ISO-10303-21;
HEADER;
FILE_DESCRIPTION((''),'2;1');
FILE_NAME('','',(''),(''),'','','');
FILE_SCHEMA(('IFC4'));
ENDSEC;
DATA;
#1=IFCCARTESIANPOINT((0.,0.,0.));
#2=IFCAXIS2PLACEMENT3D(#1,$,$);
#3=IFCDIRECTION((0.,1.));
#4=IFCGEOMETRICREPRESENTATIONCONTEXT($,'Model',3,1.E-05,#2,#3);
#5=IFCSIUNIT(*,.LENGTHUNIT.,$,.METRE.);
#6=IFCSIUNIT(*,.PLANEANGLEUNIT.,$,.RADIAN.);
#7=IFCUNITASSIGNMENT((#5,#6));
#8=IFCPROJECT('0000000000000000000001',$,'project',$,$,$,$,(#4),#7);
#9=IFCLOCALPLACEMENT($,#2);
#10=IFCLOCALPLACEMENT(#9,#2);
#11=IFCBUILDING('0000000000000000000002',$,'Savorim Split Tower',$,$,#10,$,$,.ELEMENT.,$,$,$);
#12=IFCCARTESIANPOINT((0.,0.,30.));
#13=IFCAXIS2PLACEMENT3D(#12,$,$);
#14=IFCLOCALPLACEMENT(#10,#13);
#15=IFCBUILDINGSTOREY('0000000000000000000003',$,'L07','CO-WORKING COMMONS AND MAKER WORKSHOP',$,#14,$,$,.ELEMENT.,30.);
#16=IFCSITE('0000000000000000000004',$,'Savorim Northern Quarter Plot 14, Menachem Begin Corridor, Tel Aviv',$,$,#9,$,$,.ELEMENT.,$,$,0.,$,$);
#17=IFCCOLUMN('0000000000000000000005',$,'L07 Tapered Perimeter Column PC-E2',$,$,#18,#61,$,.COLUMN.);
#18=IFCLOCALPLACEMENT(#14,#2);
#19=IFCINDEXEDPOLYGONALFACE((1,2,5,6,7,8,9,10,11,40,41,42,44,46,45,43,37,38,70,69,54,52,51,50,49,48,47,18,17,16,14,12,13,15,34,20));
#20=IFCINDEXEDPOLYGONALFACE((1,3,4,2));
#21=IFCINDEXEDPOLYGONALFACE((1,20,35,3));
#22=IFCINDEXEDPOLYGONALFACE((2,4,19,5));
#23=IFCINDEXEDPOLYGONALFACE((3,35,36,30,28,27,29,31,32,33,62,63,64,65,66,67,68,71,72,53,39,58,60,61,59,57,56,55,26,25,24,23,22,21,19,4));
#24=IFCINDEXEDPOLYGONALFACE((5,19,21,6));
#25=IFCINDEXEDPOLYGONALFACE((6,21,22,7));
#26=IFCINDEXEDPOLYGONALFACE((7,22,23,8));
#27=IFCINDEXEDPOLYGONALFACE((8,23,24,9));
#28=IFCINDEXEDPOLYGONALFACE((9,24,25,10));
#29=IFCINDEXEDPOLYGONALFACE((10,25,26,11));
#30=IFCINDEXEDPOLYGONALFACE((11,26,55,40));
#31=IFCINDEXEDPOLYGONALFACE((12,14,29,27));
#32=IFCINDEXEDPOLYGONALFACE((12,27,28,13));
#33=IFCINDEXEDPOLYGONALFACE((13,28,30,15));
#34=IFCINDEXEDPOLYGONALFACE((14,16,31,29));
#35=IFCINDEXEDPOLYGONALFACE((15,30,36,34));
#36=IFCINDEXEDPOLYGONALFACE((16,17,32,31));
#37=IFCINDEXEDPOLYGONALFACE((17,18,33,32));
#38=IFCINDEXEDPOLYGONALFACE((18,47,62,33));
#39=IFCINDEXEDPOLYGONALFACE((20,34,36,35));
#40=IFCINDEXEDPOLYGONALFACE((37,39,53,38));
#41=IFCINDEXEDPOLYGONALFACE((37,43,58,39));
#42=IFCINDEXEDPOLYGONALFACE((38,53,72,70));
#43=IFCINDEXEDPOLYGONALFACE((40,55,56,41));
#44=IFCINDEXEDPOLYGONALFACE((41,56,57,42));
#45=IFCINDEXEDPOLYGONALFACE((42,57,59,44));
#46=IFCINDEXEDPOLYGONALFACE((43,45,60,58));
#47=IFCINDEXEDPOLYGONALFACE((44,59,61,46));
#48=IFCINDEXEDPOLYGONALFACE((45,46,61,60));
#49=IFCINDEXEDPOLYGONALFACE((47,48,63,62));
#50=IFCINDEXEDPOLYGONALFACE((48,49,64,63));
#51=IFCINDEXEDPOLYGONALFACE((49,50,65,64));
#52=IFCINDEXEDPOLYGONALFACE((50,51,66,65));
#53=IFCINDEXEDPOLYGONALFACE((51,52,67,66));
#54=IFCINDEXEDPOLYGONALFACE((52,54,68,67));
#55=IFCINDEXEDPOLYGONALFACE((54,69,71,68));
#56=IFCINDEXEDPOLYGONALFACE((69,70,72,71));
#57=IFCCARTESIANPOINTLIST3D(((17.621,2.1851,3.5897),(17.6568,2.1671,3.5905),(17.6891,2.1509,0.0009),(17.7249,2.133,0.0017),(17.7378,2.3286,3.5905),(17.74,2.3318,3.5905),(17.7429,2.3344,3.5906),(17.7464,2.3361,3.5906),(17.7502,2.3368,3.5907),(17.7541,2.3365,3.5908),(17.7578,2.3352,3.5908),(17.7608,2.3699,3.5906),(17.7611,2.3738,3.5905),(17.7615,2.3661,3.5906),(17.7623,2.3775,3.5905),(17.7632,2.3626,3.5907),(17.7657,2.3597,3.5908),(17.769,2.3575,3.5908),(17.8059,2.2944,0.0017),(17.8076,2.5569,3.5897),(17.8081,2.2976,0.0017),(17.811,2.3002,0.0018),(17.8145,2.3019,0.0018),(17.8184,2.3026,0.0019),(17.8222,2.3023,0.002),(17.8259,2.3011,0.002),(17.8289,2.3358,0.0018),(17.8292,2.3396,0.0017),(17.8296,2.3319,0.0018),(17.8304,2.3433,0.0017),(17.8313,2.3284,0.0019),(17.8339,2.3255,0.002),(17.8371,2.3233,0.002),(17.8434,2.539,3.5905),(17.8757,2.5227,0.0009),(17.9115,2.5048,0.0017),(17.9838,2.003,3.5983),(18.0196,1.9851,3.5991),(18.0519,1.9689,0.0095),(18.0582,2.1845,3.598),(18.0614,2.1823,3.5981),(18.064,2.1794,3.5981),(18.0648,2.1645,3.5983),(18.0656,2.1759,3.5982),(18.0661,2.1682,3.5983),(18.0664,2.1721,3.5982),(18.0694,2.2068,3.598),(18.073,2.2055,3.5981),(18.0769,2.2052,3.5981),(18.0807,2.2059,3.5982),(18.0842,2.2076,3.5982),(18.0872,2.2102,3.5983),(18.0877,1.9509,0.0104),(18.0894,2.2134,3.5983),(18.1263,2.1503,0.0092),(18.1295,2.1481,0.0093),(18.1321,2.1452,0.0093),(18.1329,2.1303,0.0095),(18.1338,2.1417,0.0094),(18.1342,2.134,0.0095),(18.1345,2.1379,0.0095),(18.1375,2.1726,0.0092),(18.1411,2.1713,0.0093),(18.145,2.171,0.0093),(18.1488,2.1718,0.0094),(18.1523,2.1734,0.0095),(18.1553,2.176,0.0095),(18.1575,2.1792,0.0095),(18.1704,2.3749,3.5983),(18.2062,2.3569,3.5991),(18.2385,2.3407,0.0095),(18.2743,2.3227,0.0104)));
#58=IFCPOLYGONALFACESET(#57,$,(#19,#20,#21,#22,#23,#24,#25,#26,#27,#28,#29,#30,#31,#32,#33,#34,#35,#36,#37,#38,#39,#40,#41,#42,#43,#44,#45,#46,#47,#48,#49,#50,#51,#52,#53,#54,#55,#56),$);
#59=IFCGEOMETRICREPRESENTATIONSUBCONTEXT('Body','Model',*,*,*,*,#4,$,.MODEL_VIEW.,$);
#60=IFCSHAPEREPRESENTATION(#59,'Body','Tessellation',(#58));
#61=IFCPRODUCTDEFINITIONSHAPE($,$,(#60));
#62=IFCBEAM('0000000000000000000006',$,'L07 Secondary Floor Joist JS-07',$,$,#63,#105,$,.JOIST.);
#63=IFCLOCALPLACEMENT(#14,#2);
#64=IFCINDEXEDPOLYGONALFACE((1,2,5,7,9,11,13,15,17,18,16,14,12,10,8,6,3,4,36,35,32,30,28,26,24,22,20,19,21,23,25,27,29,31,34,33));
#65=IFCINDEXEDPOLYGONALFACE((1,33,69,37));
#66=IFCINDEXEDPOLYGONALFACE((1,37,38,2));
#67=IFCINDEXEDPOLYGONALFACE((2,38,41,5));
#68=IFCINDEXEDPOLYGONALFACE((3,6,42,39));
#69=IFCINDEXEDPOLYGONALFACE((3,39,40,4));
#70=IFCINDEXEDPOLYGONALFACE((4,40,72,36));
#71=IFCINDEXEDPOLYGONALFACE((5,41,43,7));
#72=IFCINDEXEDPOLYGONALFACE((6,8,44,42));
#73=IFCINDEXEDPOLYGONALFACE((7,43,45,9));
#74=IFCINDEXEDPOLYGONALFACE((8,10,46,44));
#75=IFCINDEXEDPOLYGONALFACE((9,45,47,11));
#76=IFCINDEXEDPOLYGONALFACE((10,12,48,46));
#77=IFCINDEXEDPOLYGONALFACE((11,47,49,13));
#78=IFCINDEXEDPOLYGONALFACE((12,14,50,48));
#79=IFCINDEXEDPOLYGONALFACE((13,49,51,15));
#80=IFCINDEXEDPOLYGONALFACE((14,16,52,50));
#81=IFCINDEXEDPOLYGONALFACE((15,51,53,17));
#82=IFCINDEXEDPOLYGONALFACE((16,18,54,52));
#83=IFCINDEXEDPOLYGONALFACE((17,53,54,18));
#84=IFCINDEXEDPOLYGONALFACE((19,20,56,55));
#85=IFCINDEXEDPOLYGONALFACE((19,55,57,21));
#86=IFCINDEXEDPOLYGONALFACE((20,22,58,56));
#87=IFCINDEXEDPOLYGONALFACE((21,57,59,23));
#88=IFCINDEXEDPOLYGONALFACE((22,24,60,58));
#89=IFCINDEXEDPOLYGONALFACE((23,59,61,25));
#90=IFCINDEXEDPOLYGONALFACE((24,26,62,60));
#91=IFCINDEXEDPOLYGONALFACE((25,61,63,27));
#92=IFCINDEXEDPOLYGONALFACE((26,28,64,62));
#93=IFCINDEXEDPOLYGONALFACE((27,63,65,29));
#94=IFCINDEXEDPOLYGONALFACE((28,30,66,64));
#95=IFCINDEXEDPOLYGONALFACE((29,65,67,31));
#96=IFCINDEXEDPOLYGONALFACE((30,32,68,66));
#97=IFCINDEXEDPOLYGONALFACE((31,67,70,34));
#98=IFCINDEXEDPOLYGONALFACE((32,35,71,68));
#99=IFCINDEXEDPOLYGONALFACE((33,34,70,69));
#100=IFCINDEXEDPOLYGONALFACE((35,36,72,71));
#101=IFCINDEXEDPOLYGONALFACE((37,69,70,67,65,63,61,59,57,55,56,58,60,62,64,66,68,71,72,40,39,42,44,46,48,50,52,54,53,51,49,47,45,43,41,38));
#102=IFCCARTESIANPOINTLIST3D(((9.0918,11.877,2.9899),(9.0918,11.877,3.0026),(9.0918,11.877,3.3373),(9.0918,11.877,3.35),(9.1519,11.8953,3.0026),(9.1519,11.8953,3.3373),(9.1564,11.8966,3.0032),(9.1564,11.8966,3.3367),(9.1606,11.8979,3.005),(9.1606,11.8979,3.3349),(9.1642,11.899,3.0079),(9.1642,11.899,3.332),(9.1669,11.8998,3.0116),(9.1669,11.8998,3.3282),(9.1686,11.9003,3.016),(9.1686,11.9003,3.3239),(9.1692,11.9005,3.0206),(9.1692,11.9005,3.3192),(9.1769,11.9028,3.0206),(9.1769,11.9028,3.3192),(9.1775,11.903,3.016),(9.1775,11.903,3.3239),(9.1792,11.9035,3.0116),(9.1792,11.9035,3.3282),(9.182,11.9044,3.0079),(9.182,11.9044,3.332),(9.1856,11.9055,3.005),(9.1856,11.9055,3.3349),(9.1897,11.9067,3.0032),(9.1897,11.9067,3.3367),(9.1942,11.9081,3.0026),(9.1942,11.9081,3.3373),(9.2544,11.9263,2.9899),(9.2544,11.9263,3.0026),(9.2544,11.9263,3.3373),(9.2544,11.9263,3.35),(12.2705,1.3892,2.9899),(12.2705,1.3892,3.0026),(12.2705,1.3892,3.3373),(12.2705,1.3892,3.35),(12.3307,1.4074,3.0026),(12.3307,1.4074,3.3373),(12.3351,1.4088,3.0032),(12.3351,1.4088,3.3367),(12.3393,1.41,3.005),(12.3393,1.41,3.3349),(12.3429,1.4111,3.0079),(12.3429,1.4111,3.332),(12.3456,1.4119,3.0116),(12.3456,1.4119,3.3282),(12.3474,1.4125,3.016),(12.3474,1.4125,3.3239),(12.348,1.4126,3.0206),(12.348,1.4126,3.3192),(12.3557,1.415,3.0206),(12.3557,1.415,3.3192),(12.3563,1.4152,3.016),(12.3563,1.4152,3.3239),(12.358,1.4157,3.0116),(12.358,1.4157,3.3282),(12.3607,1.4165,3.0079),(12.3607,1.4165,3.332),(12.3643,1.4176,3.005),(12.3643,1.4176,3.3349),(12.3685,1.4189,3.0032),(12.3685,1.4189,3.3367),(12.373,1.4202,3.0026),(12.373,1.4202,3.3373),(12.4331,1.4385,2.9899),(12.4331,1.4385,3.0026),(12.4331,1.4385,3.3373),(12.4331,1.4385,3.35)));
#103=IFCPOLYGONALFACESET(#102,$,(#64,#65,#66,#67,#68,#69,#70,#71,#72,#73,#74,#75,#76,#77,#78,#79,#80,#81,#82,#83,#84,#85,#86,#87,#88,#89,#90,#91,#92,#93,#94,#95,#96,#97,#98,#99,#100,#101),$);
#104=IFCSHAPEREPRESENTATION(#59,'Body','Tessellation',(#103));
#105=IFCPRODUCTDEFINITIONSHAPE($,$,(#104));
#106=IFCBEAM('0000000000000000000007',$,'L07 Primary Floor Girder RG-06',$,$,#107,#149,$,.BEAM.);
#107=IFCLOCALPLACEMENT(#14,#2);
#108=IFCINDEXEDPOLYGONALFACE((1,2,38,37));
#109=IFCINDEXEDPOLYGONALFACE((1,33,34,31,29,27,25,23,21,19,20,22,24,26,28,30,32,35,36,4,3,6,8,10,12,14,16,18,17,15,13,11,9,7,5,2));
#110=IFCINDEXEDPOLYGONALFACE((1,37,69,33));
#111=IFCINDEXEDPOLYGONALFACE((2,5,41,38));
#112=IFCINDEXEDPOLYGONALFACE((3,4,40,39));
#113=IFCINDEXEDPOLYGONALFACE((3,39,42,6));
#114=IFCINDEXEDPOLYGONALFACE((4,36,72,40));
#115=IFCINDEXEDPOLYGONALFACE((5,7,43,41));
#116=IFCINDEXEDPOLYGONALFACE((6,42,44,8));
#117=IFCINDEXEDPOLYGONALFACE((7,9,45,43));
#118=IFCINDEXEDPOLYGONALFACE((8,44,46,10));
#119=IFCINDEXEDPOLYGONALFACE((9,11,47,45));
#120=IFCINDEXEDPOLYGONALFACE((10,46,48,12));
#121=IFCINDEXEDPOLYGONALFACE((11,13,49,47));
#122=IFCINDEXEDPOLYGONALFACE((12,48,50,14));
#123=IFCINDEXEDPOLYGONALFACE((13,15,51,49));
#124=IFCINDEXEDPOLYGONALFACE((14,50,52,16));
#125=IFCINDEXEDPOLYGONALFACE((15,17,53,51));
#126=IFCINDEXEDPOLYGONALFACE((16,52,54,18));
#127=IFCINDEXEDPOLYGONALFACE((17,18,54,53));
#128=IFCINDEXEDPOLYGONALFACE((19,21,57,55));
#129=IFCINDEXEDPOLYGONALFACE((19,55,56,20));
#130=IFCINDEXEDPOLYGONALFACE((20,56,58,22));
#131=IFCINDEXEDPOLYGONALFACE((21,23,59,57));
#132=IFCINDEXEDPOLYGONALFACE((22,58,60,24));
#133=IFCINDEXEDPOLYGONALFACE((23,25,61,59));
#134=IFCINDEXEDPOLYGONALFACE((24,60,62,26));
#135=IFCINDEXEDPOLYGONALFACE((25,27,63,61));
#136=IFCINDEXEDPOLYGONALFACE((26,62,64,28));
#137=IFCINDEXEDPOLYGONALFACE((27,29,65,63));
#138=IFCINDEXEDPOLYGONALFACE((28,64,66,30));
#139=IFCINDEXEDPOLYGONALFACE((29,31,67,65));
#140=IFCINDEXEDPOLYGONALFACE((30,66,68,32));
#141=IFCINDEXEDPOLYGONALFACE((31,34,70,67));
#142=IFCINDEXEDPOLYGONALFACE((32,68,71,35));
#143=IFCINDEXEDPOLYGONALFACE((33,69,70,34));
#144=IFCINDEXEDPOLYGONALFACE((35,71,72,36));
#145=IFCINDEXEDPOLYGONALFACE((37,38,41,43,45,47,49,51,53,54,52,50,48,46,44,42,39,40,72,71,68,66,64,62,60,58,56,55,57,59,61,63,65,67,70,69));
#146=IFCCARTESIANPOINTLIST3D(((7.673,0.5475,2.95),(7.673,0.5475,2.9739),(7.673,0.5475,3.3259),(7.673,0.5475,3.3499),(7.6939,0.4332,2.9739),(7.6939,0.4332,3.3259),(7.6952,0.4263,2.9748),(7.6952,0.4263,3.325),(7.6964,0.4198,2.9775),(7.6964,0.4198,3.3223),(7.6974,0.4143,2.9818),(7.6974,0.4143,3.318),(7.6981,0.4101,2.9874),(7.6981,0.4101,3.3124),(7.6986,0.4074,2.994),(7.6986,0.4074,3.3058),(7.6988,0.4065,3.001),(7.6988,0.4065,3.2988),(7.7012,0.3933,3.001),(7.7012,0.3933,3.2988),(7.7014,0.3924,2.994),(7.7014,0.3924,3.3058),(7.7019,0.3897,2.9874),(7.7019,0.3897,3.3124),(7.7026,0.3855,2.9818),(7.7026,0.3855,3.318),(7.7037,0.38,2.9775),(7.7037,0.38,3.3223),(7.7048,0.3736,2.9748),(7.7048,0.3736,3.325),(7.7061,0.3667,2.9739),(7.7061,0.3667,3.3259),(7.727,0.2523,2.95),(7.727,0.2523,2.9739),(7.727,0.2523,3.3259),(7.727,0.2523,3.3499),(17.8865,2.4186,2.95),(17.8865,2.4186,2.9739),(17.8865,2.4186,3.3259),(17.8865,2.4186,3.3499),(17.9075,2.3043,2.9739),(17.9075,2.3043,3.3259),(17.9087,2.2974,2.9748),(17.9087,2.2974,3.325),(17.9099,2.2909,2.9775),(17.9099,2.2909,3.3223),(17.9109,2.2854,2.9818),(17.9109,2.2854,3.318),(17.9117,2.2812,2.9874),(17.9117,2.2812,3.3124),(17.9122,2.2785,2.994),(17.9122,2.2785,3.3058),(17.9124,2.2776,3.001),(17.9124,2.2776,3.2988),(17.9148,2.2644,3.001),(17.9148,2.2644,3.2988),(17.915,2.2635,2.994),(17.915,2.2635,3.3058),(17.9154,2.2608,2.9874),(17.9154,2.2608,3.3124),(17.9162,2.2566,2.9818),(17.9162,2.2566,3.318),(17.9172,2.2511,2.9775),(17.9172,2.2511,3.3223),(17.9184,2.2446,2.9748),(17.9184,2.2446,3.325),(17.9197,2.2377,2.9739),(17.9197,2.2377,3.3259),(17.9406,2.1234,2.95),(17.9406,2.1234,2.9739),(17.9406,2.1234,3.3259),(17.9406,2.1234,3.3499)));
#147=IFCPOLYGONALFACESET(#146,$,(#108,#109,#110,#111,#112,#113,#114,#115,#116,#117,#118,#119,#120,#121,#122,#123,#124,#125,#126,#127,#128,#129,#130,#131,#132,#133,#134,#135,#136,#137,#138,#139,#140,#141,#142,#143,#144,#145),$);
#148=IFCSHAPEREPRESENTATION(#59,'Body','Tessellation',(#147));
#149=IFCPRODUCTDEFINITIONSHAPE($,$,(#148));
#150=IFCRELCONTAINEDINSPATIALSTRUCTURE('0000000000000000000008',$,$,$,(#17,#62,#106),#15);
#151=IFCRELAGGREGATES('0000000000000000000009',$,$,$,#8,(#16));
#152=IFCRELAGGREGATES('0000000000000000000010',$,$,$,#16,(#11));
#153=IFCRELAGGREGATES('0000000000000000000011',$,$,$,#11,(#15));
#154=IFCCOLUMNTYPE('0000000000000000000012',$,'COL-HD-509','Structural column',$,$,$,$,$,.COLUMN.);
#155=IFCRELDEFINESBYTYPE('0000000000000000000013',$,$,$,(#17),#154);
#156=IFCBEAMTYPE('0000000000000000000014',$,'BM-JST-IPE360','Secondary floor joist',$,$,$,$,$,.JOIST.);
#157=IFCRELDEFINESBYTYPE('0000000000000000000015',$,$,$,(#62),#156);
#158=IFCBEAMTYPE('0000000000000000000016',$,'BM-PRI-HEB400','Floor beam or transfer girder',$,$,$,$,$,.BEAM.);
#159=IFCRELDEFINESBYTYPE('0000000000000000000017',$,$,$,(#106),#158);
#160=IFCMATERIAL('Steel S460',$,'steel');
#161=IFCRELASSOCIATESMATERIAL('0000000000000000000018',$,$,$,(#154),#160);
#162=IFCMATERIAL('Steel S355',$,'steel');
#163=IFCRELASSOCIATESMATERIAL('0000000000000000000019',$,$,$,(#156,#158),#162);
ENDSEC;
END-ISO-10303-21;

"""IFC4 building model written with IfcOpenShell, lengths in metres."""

from ifc_helpers import new_model, si_unit, direction, frame, origin, origin_2d, place, context, subcontext, project, spatial, i_section, extrude, material, material_profile, profile_set, type_object, element, save


model = new_model("IFC4")

# Units and contexts
model_context = context("Model", 3, precision=1e-05, world=origin(), true_north=direction((0.0, 1.0)))
body_context = subcontext(model_context, "Body", "Model", "MODEL_VIEW")
ifc_project = project(units=[si_unit("LENGTHUNIT", "METRE"), si_unit("PLANEANGLEUNIT", "RADIAN")], contexts=[model_context])

# Site, building, storey
site_placement = place(None, origin())
site = spatial("IfcSite", under=ifc_project, at=site_placement, Name="Savorim Northern Quarter Plot 14, Menachem Begin Corridor, Tel Aviv", CompositionType="ELEMENT", RefElevation=0.0)
building_placement = place(site_placement, origin())
building = spatial("IfcBuilding", under=site, at=building_placement, Name="Savorim Split Tower", CompositionType="ELEMENT")
storey_placement = place(building_placement, frame((0.0, 0.0, 30.0)))
storey = spatial("IfcBuildingStorey", under=building, at=storey_placement, Name="L07", Description="CO-WORKING COMMONS AND MAKER WORKSHOP", CompositionType="ELEMENT", Elevation=30.0)

# Column
ifc_material_1 = material(Name="Steel S460", Category="steel")
ifc_material_profile_1 = material_profile(ifc_material_1, i_section(OverallWidth=0.416, OverallDepth=0.446, WebThickness=0.0249, FlangeThickness=0.04, FilletRadius=0.0149, at=origin_2d()), Name="HD 400x509")
ifc_profile_set_1 = profile_set([ifc_material_profile_1], Name="Steel S460")
column_type = type_object("IfcColumnType", Name="COL-HD-509", Description="Structural column", PredefinedType="COLUMN", material=ifc_profile_set_1)
column_placement = place(storey_placement, frame((17.9817, 2.2368, 0.0056), z_axis=(-0.018975, 0.009522, 0.999775), x_axis=(-0.448495, -0.893786, 0.0)))
element("IfcColumn", 1, at=column_placement, inside=storey, type_object=column_type, Name="L07 Tapered Perimeter Column PC-E2", PredefinedType="COLUMN", context=body_context, shape_type="SweptSolid", body=[
    extrude(i_section(OverallWidth=0.416, OverallDepth=0.446, WebThickness=0.0249, FlangeThickness=0.04, FilletRadius=0.0149, at=origin_2d()), origin(), (0.0, 0.0, 1.0), 3.5896),
])

# Beams
ifc_material_2 = material(Name="Steel S355", Category="steel")
ifc_material_profile_2 = material_profile(ifc_material_2, i_section(OverallWidth=0.1699, OverallDepth=0.3601, WebThickness=0.0081, FlangeThickness=0.0127, FilletRadius=0.0181, at=origin_2d()), Name="IPE 360")
ifc_profile_set_2 = profile_set([ifc_material_profile_2], Name="Steel S355")
beam_type_1 = type_object("IfcBeamType", Name="BM-JST-IPE360", Description="Secondary floor joist", PredefinedType="JOIST", material=ifc_profile_set_2)
beam_1_placement = place(storey_placement, frame((12.3518, 1.4138, 3.1699), z_axis=(-0.290057, 0.957009, 0.0), x_axis=(-0.957009, -0.290057, 0.0)))
element("IfcBeam", 2, at=beam_1_placement, inside=storey, type_object=beam_type_1, Name="L07 Secondary Floor Joist JS-07", PredefinedType="JOIST", context=body_context, shape_type="SweptSolid", body=[
    extrude(i_section(OverallWidth=0.1699, OverallDepth=0.3601, WebThickness=0.0081, FlangeThickness=0.0127, FilletRadius=0.0181, at=origin_2d()), origin(), (0.0, 0.0, 1.0), 10.959),
])
ifc_material_profile_3 = material_profile(ifc_material_2, i_section(OverallWidth=0.3, OverallDepth=0.3999, WebThickness=0.0134, FlangeThickness=0.0239, FilletRadius=0.0271, at=origin_2d()), Name="HEB 400")
ifc_profile_set_3 = profile_set([ifc_material_profile_3], Name="Steel S355")
beam_type_2 = type_object("IfcBeamType", Name="BM-PRI-HEB400", Description="Floor beam or transfer girder", PredefinedType="BEAM", material=ifc_profile_set_3)
beam_2_placement = place(storey_placement, frame((17.9136, 2.271, 3.1499), z_axis=(-0.983631, -0.180197, 0.0), x_axis=(0.180197, -0.983631, 0.0)))
element("IfcBeam", 3, at=beam_2_placement, inside=storey, type_object=beam_type_2, Name="L07 Primary Floor Girder RG-06", PredefinedType="BEAM", context=body_context, shape_type="SweptSolid", body=[
    extrude(i_section(OverallWidth=0.3, OverallDepth=0.3999, WebThickness=0.0134, FlangeThickness=0.0239, FilletRadius=0.0271, at=origin_2d()), origin(), (0.0, 0.0, 1.0), 10.3835),
])

save(model, "model.ifc")
